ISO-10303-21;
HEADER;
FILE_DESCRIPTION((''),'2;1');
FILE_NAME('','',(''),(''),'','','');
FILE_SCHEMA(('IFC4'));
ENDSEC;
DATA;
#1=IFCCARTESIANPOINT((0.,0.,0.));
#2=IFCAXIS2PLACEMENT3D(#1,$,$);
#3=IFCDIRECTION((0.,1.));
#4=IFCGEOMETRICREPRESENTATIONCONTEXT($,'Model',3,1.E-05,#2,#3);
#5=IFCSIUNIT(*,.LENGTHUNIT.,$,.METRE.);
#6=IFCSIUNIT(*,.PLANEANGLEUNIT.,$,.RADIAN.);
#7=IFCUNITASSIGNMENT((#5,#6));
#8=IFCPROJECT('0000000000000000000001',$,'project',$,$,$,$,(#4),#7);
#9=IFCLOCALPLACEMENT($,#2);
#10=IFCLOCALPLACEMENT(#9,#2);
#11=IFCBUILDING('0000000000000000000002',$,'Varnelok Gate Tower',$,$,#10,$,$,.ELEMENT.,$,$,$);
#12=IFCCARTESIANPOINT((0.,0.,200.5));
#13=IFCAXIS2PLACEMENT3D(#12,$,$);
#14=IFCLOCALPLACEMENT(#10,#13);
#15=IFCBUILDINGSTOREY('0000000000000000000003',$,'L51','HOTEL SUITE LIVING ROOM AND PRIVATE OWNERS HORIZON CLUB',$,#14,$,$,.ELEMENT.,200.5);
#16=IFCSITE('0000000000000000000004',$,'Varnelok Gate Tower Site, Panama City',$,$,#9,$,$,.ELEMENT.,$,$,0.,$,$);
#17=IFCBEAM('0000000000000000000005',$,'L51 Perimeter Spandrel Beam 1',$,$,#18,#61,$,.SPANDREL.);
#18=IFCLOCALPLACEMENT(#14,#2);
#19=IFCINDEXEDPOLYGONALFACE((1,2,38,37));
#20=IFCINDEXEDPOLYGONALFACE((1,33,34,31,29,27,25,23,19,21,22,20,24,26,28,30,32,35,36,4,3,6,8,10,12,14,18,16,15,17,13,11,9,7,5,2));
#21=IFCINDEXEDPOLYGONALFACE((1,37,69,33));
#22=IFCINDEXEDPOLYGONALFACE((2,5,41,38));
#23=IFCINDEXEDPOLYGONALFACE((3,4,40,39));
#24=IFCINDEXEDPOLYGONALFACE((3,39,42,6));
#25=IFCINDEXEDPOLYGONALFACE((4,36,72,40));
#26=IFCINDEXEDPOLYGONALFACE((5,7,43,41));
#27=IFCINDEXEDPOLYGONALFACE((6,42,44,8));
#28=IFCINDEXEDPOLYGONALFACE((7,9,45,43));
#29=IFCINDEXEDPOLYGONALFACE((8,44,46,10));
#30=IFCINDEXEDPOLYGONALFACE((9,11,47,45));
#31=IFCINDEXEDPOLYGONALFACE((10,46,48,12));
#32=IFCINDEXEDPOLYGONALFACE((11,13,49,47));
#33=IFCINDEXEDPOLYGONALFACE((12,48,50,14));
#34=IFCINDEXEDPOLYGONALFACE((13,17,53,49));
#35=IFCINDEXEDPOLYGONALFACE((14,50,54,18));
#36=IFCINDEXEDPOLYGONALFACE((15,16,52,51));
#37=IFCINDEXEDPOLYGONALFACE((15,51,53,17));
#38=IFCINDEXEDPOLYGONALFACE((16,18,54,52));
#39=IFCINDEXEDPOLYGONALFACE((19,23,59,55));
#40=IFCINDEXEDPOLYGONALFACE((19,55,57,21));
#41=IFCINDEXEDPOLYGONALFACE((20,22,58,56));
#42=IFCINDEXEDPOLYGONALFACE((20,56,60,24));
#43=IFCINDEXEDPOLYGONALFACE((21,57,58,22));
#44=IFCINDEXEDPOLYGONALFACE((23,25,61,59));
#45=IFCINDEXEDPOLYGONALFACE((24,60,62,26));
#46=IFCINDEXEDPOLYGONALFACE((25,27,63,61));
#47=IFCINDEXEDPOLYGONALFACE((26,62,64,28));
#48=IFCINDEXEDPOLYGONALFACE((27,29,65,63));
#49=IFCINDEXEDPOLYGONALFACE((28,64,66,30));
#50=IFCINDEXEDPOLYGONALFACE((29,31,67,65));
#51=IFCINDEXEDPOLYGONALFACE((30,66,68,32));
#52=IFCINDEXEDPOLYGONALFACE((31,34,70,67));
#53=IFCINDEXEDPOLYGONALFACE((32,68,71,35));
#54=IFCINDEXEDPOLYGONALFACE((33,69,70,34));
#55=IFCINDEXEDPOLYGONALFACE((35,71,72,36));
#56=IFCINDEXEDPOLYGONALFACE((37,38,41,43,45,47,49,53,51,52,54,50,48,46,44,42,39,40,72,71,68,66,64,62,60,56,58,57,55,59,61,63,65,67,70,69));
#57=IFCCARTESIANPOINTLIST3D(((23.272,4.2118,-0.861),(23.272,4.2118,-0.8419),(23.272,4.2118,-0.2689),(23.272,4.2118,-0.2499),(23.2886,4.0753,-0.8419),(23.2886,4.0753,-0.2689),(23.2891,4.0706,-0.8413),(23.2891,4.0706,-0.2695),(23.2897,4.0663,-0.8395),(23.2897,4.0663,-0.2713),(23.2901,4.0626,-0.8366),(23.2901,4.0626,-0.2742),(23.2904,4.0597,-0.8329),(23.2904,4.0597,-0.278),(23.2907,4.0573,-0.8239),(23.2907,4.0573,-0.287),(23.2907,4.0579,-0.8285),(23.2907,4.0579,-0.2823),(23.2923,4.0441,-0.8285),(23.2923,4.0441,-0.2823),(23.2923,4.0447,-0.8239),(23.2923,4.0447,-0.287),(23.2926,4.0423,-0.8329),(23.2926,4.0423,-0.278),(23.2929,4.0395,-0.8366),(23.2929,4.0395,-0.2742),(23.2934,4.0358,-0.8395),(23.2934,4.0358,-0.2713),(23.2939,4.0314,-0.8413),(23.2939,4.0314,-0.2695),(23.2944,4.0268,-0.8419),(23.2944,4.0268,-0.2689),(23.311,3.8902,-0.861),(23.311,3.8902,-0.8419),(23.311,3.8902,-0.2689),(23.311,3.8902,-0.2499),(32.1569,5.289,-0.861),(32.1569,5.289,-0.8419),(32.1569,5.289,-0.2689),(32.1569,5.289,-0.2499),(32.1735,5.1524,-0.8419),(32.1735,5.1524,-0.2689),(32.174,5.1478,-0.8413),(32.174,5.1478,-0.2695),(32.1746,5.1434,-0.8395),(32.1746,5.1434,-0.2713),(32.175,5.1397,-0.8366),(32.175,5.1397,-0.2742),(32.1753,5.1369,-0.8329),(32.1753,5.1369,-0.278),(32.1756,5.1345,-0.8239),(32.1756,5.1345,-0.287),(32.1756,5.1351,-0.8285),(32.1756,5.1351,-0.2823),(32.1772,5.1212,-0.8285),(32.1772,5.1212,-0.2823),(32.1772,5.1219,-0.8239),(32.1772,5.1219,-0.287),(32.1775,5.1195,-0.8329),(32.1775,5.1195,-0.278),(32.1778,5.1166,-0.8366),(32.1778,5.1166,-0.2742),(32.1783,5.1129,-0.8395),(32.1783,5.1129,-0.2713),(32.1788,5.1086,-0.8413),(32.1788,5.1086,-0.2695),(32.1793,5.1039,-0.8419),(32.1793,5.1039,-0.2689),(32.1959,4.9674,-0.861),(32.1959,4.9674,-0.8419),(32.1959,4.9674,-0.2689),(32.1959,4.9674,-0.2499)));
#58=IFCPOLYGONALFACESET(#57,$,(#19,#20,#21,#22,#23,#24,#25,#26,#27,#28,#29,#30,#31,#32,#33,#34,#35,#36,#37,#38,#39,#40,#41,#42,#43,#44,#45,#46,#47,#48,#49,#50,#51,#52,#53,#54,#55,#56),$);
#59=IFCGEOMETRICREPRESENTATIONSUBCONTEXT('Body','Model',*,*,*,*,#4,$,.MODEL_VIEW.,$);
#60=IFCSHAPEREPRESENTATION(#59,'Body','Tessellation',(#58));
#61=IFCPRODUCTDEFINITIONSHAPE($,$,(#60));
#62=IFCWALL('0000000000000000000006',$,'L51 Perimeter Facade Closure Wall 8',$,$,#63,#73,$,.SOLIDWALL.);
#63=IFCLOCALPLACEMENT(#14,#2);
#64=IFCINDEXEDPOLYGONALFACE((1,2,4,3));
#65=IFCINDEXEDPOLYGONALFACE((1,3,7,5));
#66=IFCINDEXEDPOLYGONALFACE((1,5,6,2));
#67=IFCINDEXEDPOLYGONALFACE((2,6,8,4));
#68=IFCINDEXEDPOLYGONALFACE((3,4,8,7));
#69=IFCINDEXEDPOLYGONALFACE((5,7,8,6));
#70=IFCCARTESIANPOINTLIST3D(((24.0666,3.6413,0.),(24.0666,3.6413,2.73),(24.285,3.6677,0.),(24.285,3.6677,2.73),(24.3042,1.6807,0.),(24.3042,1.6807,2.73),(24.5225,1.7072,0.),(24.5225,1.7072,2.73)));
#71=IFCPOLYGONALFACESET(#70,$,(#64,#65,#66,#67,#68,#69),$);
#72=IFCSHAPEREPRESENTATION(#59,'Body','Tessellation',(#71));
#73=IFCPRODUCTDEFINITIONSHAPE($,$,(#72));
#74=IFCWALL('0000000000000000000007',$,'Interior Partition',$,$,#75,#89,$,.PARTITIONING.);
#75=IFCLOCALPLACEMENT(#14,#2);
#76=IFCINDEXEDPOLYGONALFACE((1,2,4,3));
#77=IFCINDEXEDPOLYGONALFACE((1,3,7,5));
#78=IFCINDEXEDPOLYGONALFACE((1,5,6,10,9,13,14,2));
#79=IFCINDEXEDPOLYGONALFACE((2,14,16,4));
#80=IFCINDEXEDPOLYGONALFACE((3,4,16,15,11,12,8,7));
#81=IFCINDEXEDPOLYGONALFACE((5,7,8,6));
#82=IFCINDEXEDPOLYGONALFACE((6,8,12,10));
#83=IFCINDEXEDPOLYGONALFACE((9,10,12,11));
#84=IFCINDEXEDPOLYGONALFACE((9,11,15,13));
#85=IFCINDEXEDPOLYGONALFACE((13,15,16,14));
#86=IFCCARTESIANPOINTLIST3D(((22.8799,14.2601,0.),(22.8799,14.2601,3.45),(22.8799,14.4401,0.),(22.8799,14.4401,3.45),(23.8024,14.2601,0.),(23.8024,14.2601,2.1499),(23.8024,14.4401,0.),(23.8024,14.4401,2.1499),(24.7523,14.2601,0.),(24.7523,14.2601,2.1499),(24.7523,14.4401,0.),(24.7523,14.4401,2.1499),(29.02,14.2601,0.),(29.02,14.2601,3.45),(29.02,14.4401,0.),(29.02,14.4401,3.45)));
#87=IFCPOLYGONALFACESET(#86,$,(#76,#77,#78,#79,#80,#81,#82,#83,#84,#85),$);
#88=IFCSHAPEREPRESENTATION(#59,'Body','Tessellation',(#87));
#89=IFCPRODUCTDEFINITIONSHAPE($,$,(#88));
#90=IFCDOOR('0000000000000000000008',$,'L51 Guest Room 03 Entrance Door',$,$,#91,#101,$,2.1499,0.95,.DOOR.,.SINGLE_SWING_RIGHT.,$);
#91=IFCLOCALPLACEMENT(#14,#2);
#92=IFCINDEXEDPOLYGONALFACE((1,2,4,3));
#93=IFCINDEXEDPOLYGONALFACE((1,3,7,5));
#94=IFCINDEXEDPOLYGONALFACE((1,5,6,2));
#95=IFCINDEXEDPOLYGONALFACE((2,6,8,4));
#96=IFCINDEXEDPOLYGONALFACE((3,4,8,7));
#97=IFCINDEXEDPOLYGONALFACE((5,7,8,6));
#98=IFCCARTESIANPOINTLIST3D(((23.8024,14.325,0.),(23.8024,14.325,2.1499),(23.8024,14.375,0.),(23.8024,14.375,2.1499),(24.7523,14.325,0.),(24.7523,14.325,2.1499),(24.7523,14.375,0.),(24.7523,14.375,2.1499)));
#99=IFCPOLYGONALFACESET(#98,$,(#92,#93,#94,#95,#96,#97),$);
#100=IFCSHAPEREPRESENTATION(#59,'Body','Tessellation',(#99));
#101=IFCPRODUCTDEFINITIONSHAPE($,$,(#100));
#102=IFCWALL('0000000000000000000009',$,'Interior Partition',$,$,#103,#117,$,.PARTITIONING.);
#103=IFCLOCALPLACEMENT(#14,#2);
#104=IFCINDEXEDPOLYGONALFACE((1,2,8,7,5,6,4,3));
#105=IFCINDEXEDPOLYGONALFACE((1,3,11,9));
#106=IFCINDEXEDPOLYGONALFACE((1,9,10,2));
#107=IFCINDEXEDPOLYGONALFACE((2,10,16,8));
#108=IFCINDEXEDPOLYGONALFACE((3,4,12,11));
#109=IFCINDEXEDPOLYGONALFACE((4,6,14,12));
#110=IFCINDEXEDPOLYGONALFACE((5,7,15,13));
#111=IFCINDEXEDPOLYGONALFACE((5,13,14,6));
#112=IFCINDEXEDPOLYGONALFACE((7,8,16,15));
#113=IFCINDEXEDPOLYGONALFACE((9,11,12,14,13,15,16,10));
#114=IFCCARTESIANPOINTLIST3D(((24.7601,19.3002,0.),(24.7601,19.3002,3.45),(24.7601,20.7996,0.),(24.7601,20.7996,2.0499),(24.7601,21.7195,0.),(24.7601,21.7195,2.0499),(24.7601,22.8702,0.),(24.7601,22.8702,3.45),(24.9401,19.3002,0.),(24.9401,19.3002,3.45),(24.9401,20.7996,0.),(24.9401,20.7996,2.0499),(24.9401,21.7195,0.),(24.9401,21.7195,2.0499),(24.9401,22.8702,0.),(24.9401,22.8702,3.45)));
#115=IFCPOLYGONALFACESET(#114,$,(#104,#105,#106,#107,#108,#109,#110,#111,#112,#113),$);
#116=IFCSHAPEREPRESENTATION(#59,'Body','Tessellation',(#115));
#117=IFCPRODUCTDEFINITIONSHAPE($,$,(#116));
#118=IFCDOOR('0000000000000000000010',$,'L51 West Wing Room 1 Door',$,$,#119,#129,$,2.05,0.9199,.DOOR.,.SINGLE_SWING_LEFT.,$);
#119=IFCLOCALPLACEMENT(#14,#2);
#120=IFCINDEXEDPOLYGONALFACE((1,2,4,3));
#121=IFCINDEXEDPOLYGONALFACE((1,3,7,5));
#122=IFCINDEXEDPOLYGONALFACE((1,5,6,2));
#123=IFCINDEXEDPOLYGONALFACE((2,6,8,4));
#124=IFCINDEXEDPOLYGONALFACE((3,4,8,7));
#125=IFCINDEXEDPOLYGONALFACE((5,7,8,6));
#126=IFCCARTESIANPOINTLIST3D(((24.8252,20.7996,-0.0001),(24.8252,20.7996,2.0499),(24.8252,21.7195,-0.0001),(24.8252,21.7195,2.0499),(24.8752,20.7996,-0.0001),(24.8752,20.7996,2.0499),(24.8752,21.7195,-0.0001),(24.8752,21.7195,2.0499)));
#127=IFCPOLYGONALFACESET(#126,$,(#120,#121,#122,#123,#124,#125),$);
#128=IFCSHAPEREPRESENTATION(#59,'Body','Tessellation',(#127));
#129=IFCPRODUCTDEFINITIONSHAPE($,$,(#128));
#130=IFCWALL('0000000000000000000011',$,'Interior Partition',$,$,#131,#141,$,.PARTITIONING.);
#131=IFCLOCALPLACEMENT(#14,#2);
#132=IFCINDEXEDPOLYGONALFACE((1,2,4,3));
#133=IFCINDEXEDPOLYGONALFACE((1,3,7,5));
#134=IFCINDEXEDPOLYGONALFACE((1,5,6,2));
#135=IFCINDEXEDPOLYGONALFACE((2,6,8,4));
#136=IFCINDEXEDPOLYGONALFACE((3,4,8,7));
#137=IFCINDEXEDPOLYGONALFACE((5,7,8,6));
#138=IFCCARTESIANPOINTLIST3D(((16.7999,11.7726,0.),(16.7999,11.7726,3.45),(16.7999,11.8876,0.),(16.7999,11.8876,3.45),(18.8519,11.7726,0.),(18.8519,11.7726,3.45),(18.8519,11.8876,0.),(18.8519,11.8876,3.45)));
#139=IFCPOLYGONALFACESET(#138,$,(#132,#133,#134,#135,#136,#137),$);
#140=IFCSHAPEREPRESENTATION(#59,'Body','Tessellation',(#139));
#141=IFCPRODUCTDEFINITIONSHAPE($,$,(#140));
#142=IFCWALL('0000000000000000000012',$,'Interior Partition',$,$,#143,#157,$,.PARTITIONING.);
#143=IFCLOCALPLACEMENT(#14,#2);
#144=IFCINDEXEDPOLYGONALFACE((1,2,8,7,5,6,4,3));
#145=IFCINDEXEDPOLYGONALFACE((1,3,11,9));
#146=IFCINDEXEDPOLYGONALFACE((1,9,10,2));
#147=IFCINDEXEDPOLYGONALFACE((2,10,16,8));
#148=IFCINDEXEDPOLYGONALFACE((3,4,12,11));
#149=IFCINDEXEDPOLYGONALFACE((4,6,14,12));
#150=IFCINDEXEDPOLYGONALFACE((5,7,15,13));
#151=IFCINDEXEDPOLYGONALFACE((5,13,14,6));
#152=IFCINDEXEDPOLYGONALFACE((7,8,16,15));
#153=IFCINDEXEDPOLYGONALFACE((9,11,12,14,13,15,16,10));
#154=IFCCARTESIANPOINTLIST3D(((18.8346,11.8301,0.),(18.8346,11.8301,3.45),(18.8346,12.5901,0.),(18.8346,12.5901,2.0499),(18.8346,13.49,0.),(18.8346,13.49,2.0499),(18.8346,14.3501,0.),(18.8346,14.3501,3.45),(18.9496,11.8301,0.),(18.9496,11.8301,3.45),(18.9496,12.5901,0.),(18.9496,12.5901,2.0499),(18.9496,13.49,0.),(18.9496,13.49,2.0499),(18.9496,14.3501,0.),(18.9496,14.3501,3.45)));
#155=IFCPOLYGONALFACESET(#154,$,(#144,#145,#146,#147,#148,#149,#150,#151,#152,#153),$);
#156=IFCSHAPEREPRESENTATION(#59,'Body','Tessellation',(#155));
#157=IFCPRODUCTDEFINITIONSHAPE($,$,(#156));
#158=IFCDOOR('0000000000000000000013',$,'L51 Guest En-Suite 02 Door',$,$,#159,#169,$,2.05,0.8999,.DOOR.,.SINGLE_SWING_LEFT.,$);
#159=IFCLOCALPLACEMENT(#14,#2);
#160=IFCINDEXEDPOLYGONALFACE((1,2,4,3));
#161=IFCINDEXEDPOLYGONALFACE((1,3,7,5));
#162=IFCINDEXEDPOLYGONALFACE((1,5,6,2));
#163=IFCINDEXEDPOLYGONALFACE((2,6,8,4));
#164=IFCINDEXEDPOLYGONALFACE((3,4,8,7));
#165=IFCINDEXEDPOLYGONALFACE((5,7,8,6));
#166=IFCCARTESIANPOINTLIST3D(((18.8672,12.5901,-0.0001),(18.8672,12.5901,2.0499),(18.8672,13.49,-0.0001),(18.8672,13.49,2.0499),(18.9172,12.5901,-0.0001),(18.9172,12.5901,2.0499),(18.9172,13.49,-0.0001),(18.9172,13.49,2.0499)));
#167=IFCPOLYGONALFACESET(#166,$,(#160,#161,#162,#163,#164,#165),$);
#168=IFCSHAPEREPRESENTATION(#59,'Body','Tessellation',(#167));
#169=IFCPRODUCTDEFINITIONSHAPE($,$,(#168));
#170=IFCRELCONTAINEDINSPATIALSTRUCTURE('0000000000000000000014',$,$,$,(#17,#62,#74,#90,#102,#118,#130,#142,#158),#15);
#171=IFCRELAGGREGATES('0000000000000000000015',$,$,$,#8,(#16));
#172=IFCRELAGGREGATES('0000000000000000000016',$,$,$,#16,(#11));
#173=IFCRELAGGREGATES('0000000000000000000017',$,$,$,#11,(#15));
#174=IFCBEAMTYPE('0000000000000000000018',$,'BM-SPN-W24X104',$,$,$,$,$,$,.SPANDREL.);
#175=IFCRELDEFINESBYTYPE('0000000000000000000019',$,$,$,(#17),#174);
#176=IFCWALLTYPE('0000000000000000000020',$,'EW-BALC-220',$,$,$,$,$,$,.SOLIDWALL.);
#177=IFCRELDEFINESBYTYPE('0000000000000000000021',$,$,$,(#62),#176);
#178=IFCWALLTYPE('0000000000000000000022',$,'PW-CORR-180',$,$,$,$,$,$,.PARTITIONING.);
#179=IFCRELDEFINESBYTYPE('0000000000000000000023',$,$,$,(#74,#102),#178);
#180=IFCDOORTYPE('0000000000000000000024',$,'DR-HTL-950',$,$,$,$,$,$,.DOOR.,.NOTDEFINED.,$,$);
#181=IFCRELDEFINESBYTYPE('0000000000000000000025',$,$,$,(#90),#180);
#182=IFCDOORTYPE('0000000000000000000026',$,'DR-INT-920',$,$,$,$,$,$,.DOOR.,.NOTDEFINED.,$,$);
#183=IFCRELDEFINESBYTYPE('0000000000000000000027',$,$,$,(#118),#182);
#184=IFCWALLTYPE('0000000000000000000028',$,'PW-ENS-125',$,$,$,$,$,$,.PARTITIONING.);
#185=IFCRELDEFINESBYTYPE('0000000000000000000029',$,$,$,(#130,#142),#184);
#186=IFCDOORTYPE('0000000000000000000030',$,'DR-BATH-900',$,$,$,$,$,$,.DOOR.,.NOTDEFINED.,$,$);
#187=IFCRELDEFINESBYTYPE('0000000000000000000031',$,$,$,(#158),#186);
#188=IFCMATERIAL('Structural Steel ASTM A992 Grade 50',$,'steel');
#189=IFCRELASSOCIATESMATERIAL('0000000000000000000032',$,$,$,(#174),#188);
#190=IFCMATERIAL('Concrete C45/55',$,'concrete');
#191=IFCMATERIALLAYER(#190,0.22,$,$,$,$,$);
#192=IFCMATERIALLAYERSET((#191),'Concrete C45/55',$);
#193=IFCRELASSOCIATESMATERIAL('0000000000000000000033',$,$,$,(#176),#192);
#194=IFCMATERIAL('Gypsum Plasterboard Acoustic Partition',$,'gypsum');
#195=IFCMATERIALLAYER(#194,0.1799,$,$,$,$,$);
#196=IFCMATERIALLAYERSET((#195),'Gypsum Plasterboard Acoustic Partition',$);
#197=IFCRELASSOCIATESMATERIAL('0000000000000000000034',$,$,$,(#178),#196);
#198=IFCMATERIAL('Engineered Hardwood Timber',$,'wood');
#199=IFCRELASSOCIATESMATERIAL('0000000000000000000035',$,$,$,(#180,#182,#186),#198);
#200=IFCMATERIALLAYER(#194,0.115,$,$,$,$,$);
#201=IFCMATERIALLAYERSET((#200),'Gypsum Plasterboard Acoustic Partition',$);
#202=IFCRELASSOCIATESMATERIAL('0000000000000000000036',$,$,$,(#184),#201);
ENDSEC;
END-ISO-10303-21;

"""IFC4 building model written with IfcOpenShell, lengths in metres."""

from ifc_helpers import new_model, si_unit, direction, frame, frame_2d, origin, origin_2d, place, context, subcontext, project, spatial, rectangle, i_section, extrude, material, layer, layer_set, material_profile, profile_set, type_object, element, fill, save


model = new_model("IFC4")

# Units and contexts
model_context = context("Model", 3, precision=1e-05, world=origin(), true_north=direction((0.0, 1.0)))
body_context = subcontext(model_context, "Body", "Model", "MODEL_VIEW")
ifc_project = project(units=[si_unit("LENGTHUNIT", "METRE"), si_unit("PLANEANGLEUNIT", "RADIAN")], contexts=[model_context])

# Site, building, storey
site_placement = place(None, origin())
site = spatial("IfcSite", under=ifc_project, at=site_placement, Name="Varnelok Gate Tower Site, Panama City", CompositionType="ELEMENT", RefElevation=0.0)
building_placement = place(site_placement, origin())
building = spatial("IfcBuilding", under=site, at=building_placement, Name="Varnelok Gate Tower", CompositionType="ELEMENT")
storey_placement = place(building_placement, frame((0.0, 0.0, 200.5)))
storey = spatial("IfcBuildingStorey", under=building, at=storey_placement, Name="L51", Description="HOTEL SUITE LIVING ROOM AND PRIVATE OWNERS HORIZON CLUB", CompositionType="ELEMENT", Elevation=200.5)

# Shared definitions
ifc_material_1 = material(Name="Structural Steel ASTM A992 Grade 50", Category="steel")

# Beam
ifc_material_profile_1 = material_profile(ifc_material_1, i_section(OverallWidth=0.324, OverallDepth=0.6111, WebThickness=0.0127, FlangeThickness=0.019, FilletRadius=0.0181, at=origin_2d()), Name="W24X104")
ifc_profile_set_1 = profile_set([ifc_material_profile_1], Name="Structural Steel ASTM A992 Grade 50")
beam_type_1 = type_object("IfcBeamType", Name="BM-SPN-W24X104", PredefinedType="SPANDREL", material=ifc_profile_set_1)
beam_1_placement = place(storey_placement, frame((23.2915, 4.051, -0.5554), z_axis=(0.992731, 0.120351, 0.0), x_axis=(-0.120351, 0.992731, 0.0)))
element("IfcBeam", 1, at=beam_1_placement, inside=storey, type_object=beam_type_1, Name="L51 Perimeter Spandrel Beam 1", PredefinedType="SPANDREL", context=body_context, shape_type="SweptSolid", body=[
    extrude(i_section(OverallWidth=0.324, OverallDepth=0.6111, WebThickness=0.0127, FlangeThickness=0.019, FilletRadius=0.0181, at=origin_2d()), origin(), (0.0, 0.0, 1.0), 8.95),
])

# Wall
ifc_material_2 = material(Name="Concrete C45/55", Category="concrete")
ifc_layer_1 = layer(ifc_material_2, 0.22)
ifc_layer_set_1 = layer_set([ifc_layer_1], Name="Concrete C45/55")
wall_type_1 = type_object("IfcWallType", Name="EW-BALC-220", PredefinedType="SOLIDWALL", material=ifc_layer_set_1)
wall_1_placement = place(storey_placement, frame((24.4133, 1.6941, 0.0), z_axis=(0.0, 0.0, 1.0), x_axis=(-0.120291, 0.992739, 0.0)))
element("IfcWall", 2, at=wall_1_placement, inside=storey, type_object=wall_type_1, Name="L51 Perimeter Facade Closure Wall 8", PredefinedType="SOLIDWALL", context=body_context, shape_type="SweptSolid", body=[
    extrude(rectangle(XDim=1.9749, YDim=0.22, at=frame_2d((0.9873, 0.0))), origin(), (0.0, 0.0, 1.0), 2.73),
])

# Walls, openings, doors
ifc_material_3 = material(Name="Gypsum Plasterboard Acoustic Partition", Category="gypsum")
ifc_layer_2 = layer(ifc_material_3, 0.1799)
ifc_layer_set_2 = layer_set([ifc_layer_2], Name="Gypsum Plasterboard Acoustic Partition")
wall_type_2 = type_object("IfcWallType", Name="PW-CORR-180", PredefinedType="PARTITIONING", material=ifc_layer_set_2)
wall_2_placement = place(storey_placement, frame((22.8799, 14.3501, 0.0), z_axis=(0.0, 0.0, 1.0), x_axis=(1.0, 0.0, 0.0)))
wall_2 = element("IfcWall", 3, at=wall_2_placement, inside=storey, type_object=wall_type_2, Name="Interior Partition", PredefinedType="PARTITIONING", context=body_context, shape_type="SweptSolid", body=[
    extrude(rectangle(XDim=6.1401, YDim=0.1799, at=frame_2d((3.0701, 0.0))), origin(), (0.0, 0.0, 1.0), 3.45),
])
opening_1_placement = place(wall_2_placement, frame((0.9224, 0.0, 0.0)))
opening_1 = element("IfcOpeningElement", 4, at=opening_1_placement, cuts=wall_2, PredefinedType="OPENING", context=body_context, shape_type="SweptSolid", body=[
    extrude(rectangle(XDim=0.95, YDim=2.1499, at=frame_2d((0.4751, 1.075))), frame((0.0, 0.0999, 0.0), z_axis=(0.0, -1.0, 0.0), x_axis=(1.0, 0.0, 0.0)), (0.0, 0.0, 1.0), 0.2),
])
ifc_material_4 = material(Name="Engineered Hardwood Timber", Category="wood")
door_type_1 = type_object("IfcDoorType", Name="DR-HTL-950", OperationType="NOTDEFINED", PredefinedType="DOOR", material=ifc_material_4)
door_1_placement = place(opening_1_placement, origin())
door_1 = element("IfcDoor", 5, at=door_1_placement, inside=storey, type_object=door_type_1, Name="L51 Guest Room 03 Entrance Door", OperationType="SINGLE_SWING_RIGHT", OverallHeight=2.1499, OverallWidth=0.95, PredefinedType="DOOR", context=body_context, shape_type="SweptSolid", body=[
    extrude(rectangle(XDim=0.95, YDim=2.1499, at=frame_2d((0.4751, 1.075))), frame((0.0, 0.0249, 0.0), z_axis=(0.0, -1.0, 0.0), x_axis=(1.0, 0.0, 0.0)), (0.0, 0.0, 1.0), 0.05),
])
fill(opening_1, door_1)
wall_3_placement = place(storey_placement, frame((24.8501, 19.3, 0.0), z_axis=(0.0, 0.0, 1.0), x_axis=(0.0, 1.0, 0.0)))
wall_3 = element("IfcWall", 6, at=wall_3_placement, inside=storey, type_object=wall_type_2, Name="Interior Partition", PredefinedType="PARTITIONING", context=body_context, shape_type="SweptSolid", body=[
    extrude(rectangle(XDim=3.5701, YDim=0.1799, at=frame_2d((1.7852, 0.0))), origin(), (0.0, 0.0, 1.0), 3.45),
])
opening_2_placement = place(wall_3_placement, frame((1.4995, 0.0, 0.0)))
opening_2 = element("IfcOpeningElement", 7, at=opening_2_placement, cuts=wall_3, PredefinedType="OPENING", context=body_context, shape_type="SweptSolid", body=[
    extrude(rectangle(XDim=0.9199, YDim=2.05, at=frame_2d((0.46, 1.0249))), frame((0.0, 0.0999, 0.0), z_axis=(0.0, -1.0, 0.0), x_axis=(1.0, 0.0, 0.0)), (0.0, 0.0, 1.0), 0.2),
])
door_type_2 = type_object("IfcDoorType", Name="DR-INT-920", OperationType="NOTDEFINED", PredefinedType="DOOR", material=ifc_material_4)
door_2_placement = place(opening_2_placement, origin())
door_2 = element("IfcDoor", 8, at=door_2_placement, inside=storey, type_object=door_type_2, Name="L51 West Wing Room 1 Door", OperationType="SINGLE_SWING_LEFT", OverallHeight=2.05, OverallWidth=0.9199, PredefinedType="DOOR", context=body_context, shape_type="SweptSolid", body=[
    extrude(rectangle(XDim=0.9199, YDim=2.05, at=frame_2d((0.46, 1.0249))), frame((0.0, 0.0249, 0.0), z_axis=(0.0, -1.0, 0.0), x_axis=(1.0, 0.0, 0.0)), (0.0, 0.0, 1.0), 0.05),
])
fill(opening_2, door_2)

# Wall
ifc_layer_3 = layer(ifc_material_3, 0.115)
ifc_layer_set_3 = layer_set([ifc_layer_3], Name="Gypsum Plasterboard Acoustic Partition")
wall_type_3 = type_object("IfcWallType", Name="PW-ENS-125", PredefinedType="PARTITIONING", material=ifc_layer_set_3)
wall_4_placement = place(storey_placement, frame((16.8, 11.8301, 0.0), z_axis=(0.0, 0.0, 1.0), x_axis=(1.0, 0.0, 0.0)))
element("IfcWall", 9, at=wall_4_placement, inside=storey, type_object=wall_type_3, Name="Interior Partition", PredefinedType="PARTITIONING", context=body_context, shape_type="SweptSolid", body=[
    extrude(rectangle(XDim=2.052, YDim=0.115, at=frame_2d((1.0259, 0.0))), origin(), (0.0, 0.0, 1.0), 3.45),
])

# Wall, opening, door
wall_5_placement = place(storey_placement, frame((18.8921, 11.8301, 0.0), z_axis=(0.0, 0.0, 1.0), x_axis=(0.0, 1.0, 0.0)))
wall_5 = element("IfcWall", 10, at=wall_5_placement, inside=storey, type_object=wall_type_3, Name="Interior Partition", PredefinedType="PARTITIONING", context=body_context, shape_type="SweptSolid", body=[
    extrude(rectangle(XDim=2.52, YDim=0.115, at=frame_2d((1.26, 0.0))), origin(), (0.0, 0.0, 1.0), 3.45),
])
opening_3_placement = place(wall_5_placement, frame((0.76, 0.0, 0.0)))
opening_3 = element("IfcOpeningElement", 11, at=opening_3_placement, cuts=wall_5, PredefinedType="OPENING", context=body_context, shape_type="SweptSolid", body=[
    extrude(rectangle(XDim=0.8999, YDim=2.05, at=frame_2d((0.45, 1.0249))), frame((0.0, 0.0674, 0.0), z_axis=(0.0, -1.0, 0.0), x_axis=(1.0, 0.0, 0.0)), (0.0, 0.0, 1.0), 0.135),
])
door_type_3 = type_object("IfcDoorType", Name="DR-BATH-900", OperationType="NOTDEFINED", PredefinedType="DOOR", material=ifc_material_4)
door_3_placement = place(opening_3_placement, origin())
door_3 = element("IfcDoor", 12, at=door_3_placement, inside=storey, type_object=door_type_3, Name="L51 Guest En-Suite 02 Door", OperationType="SINGLE_SWING_LEFT", OverallHeight=2.05, OverallWidth=0.8999, PredefinedType="DOOR", context=body_context, shape_type="SweptSolid", body=[
    extrude(rectangle(XDim=0.8999, YDim=2.05, at=frame_2d((0.45, 1.0249))), frame((0.0, 0.0249, 0.0), z_axis=(0.0, -1.0, 0.0), x_axis=(1.0, 0.0, 0.0)), (0.0, 0.0, 1.0), 0.05),
])
fill(opening_3, door_3)

save(model, "model.ifc")
